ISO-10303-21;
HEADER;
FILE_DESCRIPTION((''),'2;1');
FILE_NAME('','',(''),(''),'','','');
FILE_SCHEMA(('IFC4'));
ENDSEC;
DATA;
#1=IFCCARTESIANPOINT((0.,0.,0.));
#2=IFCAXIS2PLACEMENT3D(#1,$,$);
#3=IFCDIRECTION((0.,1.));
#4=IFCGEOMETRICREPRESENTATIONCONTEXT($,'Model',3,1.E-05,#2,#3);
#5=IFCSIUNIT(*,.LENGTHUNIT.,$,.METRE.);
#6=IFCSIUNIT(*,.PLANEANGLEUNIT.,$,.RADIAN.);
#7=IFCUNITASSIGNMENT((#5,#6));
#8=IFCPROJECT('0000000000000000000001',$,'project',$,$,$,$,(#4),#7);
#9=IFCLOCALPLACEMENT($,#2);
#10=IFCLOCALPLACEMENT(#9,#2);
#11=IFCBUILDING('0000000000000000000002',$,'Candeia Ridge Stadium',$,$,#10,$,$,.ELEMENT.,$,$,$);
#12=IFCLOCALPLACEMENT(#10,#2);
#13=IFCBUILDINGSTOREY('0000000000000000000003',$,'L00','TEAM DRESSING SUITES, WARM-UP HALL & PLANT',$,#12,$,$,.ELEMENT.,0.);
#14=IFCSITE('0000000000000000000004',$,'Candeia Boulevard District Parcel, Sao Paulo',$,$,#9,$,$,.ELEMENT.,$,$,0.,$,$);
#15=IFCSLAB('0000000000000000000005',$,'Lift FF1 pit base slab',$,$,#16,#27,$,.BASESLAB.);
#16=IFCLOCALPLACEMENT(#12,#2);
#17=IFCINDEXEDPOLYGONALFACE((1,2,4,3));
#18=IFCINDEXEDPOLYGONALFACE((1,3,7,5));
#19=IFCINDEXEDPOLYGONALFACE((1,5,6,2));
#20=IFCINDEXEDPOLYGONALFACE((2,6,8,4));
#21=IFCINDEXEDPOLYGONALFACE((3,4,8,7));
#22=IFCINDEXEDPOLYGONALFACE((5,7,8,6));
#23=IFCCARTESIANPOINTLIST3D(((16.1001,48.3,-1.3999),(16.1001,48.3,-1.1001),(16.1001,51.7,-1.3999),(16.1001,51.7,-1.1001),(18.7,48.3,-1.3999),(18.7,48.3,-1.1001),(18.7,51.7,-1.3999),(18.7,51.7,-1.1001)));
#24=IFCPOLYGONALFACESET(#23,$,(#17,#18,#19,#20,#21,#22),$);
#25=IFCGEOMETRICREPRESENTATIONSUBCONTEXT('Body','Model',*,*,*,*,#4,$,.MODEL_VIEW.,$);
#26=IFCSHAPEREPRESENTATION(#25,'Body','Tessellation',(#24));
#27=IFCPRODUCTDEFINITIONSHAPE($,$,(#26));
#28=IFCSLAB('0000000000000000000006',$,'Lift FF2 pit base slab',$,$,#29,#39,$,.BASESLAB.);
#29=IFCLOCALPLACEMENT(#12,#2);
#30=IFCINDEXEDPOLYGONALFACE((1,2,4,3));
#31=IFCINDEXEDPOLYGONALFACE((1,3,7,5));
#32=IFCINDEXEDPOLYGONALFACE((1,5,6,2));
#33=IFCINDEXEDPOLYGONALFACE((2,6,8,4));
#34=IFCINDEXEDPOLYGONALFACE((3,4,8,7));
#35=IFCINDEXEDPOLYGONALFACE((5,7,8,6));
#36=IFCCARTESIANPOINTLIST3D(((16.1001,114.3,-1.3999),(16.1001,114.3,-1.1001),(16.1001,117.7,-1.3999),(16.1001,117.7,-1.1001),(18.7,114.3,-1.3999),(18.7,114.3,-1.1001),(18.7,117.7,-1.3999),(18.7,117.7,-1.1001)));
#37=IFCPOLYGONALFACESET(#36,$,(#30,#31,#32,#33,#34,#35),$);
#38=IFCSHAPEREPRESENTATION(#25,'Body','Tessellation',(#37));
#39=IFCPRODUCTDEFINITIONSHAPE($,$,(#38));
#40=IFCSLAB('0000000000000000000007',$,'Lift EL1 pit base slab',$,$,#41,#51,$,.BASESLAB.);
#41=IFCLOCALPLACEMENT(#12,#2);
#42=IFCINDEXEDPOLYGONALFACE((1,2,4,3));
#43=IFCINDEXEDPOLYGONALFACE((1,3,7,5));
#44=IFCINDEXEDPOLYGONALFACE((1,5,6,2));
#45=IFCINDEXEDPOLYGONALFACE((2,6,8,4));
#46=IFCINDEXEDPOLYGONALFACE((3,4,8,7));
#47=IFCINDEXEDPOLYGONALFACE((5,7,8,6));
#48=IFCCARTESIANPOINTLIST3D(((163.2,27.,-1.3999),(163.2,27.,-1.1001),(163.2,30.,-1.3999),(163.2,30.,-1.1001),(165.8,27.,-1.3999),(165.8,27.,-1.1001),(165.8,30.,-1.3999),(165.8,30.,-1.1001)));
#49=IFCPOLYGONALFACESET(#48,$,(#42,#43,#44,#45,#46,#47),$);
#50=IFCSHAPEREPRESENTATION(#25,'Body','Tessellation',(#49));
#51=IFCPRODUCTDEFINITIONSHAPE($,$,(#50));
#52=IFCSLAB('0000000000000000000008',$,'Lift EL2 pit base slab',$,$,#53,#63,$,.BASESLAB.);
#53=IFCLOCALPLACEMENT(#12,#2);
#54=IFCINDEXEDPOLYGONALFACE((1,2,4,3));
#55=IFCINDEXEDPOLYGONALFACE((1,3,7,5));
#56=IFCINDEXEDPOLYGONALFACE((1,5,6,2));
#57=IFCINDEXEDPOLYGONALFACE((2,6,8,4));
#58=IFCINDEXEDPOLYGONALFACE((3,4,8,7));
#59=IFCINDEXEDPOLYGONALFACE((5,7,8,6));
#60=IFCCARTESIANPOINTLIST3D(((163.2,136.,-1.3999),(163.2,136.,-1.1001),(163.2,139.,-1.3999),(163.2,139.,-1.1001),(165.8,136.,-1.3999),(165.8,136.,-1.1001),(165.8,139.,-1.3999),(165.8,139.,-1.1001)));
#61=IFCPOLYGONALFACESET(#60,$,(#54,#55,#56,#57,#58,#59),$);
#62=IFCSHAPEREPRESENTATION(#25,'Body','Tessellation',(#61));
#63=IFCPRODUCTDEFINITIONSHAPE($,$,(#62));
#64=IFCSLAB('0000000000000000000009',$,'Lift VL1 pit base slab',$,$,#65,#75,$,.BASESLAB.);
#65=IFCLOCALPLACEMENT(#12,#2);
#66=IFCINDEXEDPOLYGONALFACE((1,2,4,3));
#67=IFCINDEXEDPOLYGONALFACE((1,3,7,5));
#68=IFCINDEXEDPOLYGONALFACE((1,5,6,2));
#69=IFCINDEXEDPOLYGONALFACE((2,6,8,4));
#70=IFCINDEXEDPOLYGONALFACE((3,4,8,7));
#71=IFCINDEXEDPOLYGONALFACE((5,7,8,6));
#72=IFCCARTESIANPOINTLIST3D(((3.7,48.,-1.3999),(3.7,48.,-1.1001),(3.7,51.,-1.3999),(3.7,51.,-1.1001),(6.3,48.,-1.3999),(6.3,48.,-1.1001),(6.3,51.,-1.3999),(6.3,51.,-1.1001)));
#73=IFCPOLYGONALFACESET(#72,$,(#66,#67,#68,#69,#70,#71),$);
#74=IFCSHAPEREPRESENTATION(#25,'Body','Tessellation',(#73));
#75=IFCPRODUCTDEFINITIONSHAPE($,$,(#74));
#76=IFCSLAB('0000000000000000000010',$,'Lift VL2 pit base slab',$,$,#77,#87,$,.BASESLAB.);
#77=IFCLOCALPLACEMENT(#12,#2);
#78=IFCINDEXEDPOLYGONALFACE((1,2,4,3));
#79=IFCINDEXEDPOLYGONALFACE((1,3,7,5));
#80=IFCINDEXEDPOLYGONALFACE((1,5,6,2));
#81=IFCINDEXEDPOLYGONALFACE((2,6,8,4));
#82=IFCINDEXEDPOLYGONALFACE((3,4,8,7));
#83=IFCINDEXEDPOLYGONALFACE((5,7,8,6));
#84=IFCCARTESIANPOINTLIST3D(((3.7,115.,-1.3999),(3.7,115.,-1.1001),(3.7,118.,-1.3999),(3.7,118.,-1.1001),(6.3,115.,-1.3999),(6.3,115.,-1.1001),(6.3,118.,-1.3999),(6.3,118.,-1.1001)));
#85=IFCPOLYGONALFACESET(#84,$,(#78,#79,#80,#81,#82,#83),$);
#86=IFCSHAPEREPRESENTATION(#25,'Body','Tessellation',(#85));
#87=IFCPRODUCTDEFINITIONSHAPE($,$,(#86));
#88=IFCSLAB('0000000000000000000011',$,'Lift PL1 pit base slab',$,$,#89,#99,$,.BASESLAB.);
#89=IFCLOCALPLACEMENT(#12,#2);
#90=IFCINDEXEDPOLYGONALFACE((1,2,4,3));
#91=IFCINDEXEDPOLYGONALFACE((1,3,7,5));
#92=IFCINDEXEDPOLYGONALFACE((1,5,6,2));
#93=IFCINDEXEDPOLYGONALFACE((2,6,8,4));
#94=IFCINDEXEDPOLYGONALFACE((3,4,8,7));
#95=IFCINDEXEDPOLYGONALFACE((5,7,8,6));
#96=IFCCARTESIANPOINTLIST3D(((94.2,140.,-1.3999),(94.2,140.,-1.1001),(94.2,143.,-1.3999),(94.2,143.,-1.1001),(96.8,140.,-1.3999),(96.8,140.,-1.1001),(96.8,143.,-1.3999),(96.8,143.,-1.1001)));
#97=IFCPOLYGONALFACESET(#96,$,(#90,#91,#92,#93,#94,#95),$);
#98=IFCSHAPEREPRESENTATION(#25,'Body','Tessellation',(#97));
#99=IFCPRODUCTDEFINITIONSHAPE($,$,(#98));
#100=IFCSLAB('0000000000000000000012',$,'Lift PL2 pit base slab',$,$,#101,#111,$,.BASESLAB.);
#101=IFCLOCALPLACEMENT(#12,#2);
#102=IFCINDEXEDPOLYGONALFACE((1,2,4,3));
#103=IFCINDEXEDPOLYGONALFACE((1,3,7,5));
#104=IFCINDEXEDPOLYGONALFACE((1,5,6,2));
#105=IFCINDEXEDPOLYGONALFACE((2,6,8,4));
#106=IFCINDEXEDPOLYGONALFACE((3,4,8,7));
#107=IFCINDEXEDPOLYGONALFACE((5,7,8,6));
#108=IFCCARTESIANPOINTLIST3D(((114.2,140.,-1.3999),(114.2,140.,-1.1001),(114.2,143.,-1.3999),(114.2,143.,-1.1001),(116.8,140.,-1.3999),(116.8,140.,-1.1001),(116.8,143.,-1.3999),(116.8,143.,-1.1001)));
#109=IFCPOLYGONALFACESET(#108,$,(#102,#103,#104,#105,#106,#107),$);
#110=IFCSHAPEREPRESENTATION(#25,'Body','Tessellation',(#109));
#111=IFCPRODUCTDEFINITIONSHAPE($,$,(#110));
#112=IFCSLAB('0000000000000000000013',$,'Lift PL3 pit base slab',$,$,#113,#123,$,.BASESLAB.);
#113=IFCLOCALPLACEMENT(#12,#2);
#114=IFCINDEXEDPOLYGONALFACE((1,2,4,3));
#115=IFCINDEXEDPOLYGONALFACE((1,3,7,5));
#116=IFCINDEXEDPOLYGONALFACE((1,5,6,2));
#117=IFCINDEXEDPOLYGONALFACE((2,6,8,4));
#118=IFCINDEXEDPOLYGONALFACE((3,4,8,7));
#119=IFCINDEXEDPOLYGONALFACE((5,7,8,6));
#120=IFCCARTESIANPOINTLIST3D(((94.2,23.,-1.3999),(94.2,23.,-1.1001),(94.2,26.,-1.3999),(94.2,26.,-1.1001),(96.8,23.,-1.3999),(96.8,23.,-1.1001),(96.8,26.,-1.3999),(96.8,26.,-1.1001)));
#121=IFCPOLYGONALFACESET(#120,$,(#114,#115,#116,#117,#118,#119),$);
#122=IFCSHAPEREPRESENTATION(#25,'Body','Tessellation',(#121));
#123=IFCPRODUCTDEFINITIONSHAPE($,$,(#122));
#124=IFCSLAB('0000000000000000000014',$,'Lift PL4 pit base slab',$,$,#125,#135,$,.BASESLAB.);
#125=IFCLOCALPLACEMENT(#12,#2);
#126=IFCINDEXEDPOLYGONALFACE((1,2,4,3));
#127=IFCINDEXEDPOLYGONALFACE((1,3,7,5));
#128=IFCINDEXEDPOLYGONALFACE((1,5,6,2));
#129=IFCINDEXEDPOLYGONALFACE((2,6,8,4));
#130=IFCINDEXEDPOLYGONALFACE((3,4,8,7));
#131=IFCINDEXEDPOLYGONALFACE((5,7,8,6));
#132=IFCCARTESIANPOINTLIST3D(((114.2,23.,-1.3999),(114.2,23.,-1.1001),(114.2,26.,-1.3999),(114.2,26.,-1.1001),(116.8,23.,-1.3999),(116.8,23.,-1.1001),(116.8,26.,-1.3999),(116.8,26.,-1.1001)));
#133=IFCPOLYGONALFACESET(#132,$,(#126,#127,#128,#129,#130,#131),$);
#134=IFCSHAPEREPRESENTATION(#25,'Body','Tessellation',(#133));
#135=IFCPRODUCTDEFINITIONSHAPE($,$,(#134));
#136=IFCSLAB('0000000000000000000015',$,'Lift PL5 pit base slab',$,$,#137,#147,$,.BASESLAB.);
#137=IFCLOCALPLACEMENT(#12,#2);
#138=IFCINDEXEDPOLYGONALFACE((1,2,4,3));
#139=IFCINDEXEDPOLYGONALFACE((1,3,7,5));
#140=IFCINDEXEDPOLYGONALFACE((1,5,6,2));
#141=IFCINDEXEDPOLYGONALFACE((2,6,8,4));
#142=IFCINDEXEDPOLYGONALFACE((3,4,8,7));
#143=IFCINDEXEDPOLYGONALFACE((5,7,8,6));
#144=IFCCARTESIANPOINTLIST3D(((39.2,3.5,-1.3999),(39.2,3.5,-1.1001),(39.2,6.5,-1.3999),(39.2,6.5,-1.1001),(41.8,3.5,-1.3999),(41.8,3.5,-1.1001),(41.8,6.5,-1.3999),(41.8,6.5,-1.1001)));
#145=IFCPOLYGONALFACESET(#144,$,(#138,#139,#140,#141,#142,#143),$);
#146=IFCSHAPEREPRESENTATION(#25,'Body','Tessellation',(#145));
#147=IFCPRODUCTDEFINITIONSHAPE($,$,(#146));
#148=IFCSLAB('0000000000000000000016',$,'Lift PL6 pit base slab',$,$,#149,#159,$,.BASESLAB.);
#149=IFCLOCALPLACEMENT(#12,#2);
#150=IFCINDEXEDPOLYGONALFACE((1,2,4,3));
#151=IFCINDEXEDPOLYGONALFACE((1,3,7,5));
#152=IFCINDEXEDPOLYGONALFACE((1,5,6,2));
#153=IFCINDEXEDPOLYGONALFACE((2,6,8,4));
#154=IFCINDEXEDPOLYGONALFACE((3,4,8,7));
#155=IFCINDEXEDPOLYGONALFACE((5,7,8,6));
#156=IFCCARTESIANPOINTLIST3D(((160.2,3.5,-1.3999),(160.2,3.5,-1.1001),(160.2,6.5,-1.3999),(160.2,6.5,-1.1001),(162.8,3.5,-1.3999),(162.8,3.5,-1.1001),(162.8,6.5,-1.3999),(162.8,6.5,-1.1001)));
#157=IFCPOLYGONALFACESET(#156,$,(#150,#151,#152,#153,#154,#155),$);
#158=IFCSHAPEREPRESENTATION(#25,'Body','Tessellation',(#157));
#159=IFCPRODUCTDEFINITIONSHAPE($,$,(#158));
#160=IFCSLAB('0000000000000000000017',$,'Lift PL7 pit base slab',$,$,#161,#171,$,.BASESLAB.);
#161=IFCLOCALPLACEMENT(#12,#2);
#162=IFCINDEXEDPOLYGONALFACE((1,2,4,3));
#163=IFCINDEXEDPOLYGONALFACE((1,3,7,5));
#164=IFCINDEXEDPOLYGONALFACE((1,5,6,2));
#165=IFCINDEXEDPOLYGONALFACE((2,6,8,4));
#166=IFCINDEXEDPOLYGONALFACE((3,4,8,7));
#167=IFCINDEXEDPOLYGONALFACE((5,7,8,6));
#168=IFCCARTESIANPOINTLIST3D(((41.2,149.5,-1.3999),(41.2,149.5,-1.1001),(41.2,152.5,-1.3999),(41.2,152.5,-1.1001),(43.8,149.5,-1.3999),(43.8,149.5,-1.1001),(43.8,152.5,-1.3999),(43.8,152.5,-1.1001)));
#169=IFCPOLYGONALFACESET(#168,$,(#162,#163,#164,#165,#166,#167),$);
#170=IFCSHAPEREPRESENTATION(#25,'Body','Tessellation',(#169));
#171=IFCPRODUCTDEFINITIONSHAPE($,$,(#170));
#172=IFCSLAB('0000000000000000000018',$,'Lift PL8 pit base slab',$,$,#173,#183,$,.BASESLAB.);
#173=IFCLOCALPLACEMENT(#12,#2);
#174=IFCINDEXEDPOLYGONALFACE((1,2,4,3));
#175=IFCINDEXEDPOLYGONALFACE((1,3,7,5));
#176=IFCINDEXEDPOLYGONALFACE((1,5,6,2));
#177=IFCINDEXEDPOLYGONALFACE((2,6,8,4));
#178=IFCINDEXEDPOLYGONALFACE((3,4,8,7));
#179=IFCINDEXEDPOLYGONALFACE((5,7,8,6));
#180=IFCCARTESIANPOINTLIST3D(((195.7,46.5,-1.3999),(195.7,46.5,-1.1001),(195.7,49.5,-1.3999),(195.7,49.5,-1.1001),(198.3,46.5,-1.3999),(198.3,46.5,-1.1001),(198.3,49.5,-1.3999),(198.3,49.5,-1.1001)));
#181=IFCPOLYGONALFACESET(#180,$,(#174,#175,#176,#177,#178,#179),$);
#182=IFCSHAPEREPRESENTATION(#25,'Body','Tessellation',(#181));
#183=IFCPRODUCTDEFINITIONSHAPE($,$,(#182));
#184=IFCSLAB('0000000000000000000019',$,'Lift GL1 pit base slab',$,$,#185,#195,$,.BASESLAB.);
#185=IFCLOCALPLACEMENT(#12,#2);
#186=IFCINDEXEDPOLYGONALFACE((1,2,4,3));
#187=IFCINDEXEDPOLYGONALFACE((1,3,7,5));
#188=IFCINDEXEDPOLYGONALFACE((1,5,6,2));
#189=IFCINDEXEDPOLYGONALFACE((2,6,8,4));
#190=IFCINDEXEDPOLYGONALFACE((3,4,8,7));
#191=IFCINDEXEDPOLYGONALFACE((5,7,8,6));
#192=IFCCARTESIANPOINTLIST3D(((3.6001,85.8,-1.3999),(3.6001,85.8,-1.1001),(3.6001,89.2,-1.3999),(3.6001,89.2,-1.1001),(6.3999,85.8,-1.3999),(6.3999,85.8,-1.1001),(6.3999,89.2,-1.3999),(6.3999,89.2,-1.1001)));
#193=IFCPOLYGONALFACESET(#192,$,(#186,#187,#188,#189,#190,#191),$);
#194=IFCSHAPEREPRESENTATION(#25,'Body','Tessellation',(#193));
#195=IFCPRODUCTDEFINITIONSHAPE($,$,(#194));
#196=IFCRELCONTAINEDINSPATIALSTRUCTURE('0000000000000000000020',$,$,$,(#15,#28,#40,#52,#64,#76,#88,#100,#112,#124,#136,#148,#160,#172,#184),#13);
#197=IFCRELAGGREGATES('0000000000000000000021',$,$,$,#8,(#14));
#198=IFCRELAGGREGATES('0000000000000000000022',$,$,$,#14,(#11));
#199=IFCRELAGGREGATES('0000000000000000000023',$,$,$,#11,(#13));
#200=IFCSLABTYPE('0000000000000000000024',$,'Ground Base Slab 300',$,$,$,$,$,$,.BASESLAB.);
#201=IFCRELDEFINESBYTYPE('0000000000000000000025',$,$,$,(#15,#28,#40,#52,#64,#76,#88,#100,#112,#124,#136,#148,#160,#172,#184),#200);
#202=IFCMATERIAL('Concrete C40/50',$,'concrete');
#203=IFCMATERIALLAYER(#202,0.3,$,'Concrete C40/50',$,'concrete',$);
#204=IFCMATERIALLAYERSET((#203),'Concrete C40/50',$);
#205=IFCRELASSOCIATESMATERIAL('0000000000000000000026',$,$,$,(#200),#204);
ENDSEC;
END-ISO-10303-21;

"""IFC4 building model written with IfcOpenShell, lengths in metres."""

from ifc_helpers import new_model, si_unit, direction, frame, origin, place, context, subcontext, project, spatial, polyline, outline, extrude, material, layer, layer_set, type_object, element, save


model = new_model("IFC4")

# Units and contexts
model_context = context("Model", 3, precision=1e-05, world=origin(), true_north=direction((0.0, 1.0)))
body_context = subcontext(model_context, "Body", "Model", "MODEL_VIEW")
ifc_project = project(units=[si_unit("LENGTHUNIT", "METRE"), si_unit("PLANEANGLEUNIT", "RADIAN")], contexts=[model_context])

# Site, building, storey
site_placement = place(None, origin())
site = spatial("IfcSite", under=ifc_project, at=site_placement, Name="Candeia Boulevard District Parcel, Sao Paulo", CompositionType="ELEMENT", RefElevation=0.0)
building_placement = place(site_placement, origin())
building = spatial("IfcBuilding", under=site, at=building_placement, Name="Candeia Ridge Stadium", CompositionType="ELEMENT")
storey_placement = place(building_placement, origin())
storey = spatial("IfcBuildingStorey", under=building, at=storey_placement, Name="L00", Description="TEAM DRESSING SUITES, WARM-UP HALL & PLANT", CompositionType="ELEMENT", Elevation=0.0)

# Slabs
ifc_material = material(Name="Concrete C40/50", Category="concrete")
ifc_layer = layer(ifc_material, 0.3, Name="Concrete C40/50", Category="concrete")
ifc_layer_set = layer_set([ifc_layer], Name="Concrete C40/50")
slab_type = type_object("IfcSlabType", Name="Ground Base Slab 300", PredefinedType="BASESLAB", material=ifc_layer_set)
slab_1_placement = place(storey_placement, frame((0.0, 0.0, -1.3999)))
element("IfcSlab", 1, at=slab_1_placement, inside=storey, type_object=slab_type, Name="Lift FF1 pit base slab", PredefinedType="BASESLAB", context=body_context, shape_type="SweptSolid", body=[
    extrude(outline(polyline([(16.1001, 48.3), (18.7, 48.3), (18.7, 51.7), (16.1001, 51.7), (16.1001, 48.3)])), origin(), (0.0, 0.0, 1.0), 0.2998),
])
slab_2_placement = place(storey_placement, frame((0.0, 0.0, -1.3999)))
element("IfcSlab", 2, at=slab_2_placement, inside=storey, type_object=slab_type, Name="Lift FF2 pit base slab", PredefinedType="BASESLAB", context=body_context, shape_type="SweptSolid", body=[
    extrude(outline(polyline([(16.1001, 114.3), (18.7, 114.3), (18.7, 117.7), (16.1001, 117.7), (16.1001, 114.3)])), origin(), (0.0, 0.0, 1.0), 0.2998),
])
slab_3_placement = place(storey_placement, frame((0.0, 0.0, -1.3999)))
element("IfcSlab", 3, at=slab_3_placement, inside=storey, type_object=slab_type, Name="Lift EL1 pit base slab", PredefinedType="BASESLAB", context=body_context, shape_type="SweptSolid", body=[
    extrude(outline(polyline([(163.2, 27.0), (165.8, 27.0), (165.8, 30.0), (163.2, 30.0), (163.2, 27.0)])), origin(), (0.0, 0.0, 1.0), 0.2998),
])
slab_4_placement = place(storey_placement, frame((0.0, 0.0, -1.3999)))
element("IfcSlab", 4, at=slab_4_placement, inside=storey, type_object=slab_type, Name="Lift EL2 pit base slab", PredefinedType="BASESLAB", context=body_context, shape_type="SweptSolid", body=[
    extrude(outline(polyline([(163.2, 136.0), (165.8, 136.0), (165.8, 139.0), (163.2, 139.0), (163.2, 136.0)])), origin(), (0.0, 0.0, 1.0), 0.2998),
])
slab_5_placement = place(storey_placement, frame((0.0, 0.0, -1.3999)))
element("IfcSlab", 5, at=slab_5_placement, inside=storey, type_object=slab_type, Name="Lift VL1 pit base slab", PredefinedType="BASESLAB", context=body_context, shape_type="SweptSolid", body=[
    extrude(outline(polyline([(3.7, 48.0), (6.3, 48.0), (6.3, 51.0), (3.7, 51.0), (3.7, 48.0)])), origin(), (0.0, 0.0, 1.0), 0.2998),
])
slab_6_placement = place(storey_placement, frame((0.0, 0.0, -1.3999)))
element("IfcSlab", 6, at=slab_6_placement, inside=storey, type_object=slab_type, Name="Lift VL2 pit base slab", PredefinedType="BASESLAB", context=body_context, shape_type="SweptSolid", body=[
    extrude(outline(polyline([(3.7, 115.0), (6.3, 115.0), (6.3, 118.0), (3.7, 118.0), (3.7, 115.0)])), origin(), (0.0, 0.0, 1.0), 0.2998),
])
slab_7_placement = place(storey_placement, frame((0.0, 0.0, -1.3999)))
element("IfcSlab", 7, at=slab_7_placement, inside=storey, type_object=slab_type, Name="Lift PL1 pit base slab", PredefinedType="BASESLAB", context=body_context, shape_type="SweptSolid", body=[
    extrude(outline(polyline([(94.2, 140.0), (96.8, 140.0), (96.8, 143.0), (94.2, 143.0), (94.2, 140.0)])), origin(), (0.0, 0.0, 1.0), 0.2998),
])
slab_8_placement = place(storey_placement, frame((0.0, 0.0, -1.3999)))
element("IfcSlab", 8, at=slab_8_placement, inside=storey, type_object=slab_type, Name="Lift PL2 pit base slab", PredefinedType="BASESLAB", context=body_context, shape_type="SweptSolid", body=[
    extrude(outline(polyline([(114.2, 140.0), (116.8, 140.0), (116.8, 143.0), (114.2, 143.0), (114.2, 140.0)])), origin(), (0.0, 0.0, 1.0), 0.2998),
])
slab_9_placement = place(storey_placement, frame((0.0, 0.0, -1.3999)))
element("IfcSlab", 9, at=slab_9_placement, inside=storey, type_object=slab_type, Name="Lift PL3 pit base slab", PredefinedType="BASESLAB", context=body_context, shape_type="SweptSolid", body=[
    extrude(outline(polyline([(94.2, 23.0), (96.8, 23.0), (96.8, 26.0), (94.2, 26.0), (94.2, 23.0)])), origin(), (0.0, 0.0, 1.0), 0.2998),
])
slab_10_placement = place(storey_placement, frame((0.0, 0.0, -1.3999)))
element("IfcSlab", 10, at=slab_10_placement, inside=storey, type_object=slab_type, Name="Lift PL4 pit base slab", PredefinedType="BASESLAB", context=body_context, shape_type="SweptSolid", body=[
    extrude(outline(polyline([(114.2, 23.0), (116.8, 23.0), (116.8, 26.0), (114.2, 26.0), (114.2, 23.0)])), origin(), (0.0, 0.0, 1.0), 0.2998),
])
slab_11_placement = place(storey_placement, frame((0.0, 0.0, -1.3999)))
element("IfcSlab", 11, at=slab_11_placement, inside=storey, type_object=slab_type, Name="Lift PL5 pit base slab", PredefinedType="BASESLAB", context=body_context, shape_type="SweptSolid", body=[
    extrude(outline(polyline([(39.2, 3.5), (41.8, 3.5), (41.8, 6.5), (39.2, 6.5), (39.2, 3.5)])), origin(), (0.0, 0.0, 1.0), 0.2998),
])
slab_12_placement = place(storey_placement, frame((0.0, 0.0, -1.3999)))
element("IfcSlab", 12, at=slab_12_placement, inside=storey, type_object=slab_type, Name="Lift PL6 pit base slab", PredefinedType="BASESLAB", context=body_context, shape_type="SweptSolid", body=[
    extrude(outline(polyline([(160.2, 3.5), (162.8, 3.5), (162.8, 6.5), (160.2, 6.5), (160.2, 3.5)])), origin(), (0.0, 0.0, 1.0), 0.2998),
])
slab_13_placement = place(storey_placement, frame((0.0, 0.0, -1.3999)))
element("IfcSlab", 13, at=slab_13_placement, inside=storey, type_object=slab_type, Name="Lift PL7 pit base slab", PredefinedType="BASESLAB", context=body_context, shape_type="SweptSolid", body=[
    extrude(outline(polyline([(41.2, 149.5), (43.8, 149.5), (43.8, 152.5), (41.2, 152.5), (41.2, 149.5)])), origin(), (0.0, 0.0, 1.0), 0.2998),
])
slab_14_placement = place(storey_placement, frame((0.0, 0.0, -1.3999)))
element("IfcSlab", 14, at=slab_14_placement, inside=storey, type_object=slab_type, Name="Lift PL8 pit base slab", PredefinedType="BASESLAB", context=body_context, shape_type="SweptSolid", body=[
    extrude(outline(polyline([(195.7, 46.5), (198.3, 46.5), (198.3, 49.5), (195.7, 49.5), (195.7, 46.5)])), origin(), (0.0, 0.0, 1.0), 0.2998),
])
slab_15_placement = place(storey_placement, frame((0.0, 0.0, -1.3999)))
element("IfcSlab", 15, at=slab_15_placement, inside=storey, type_object=slab_type, Name="Lift GL1 pit base slab", PredefinedType="BASESLAB", context=body_context, shape_type="SweptSolid", body=[
    extrude(outline(polyline([(3.6001, 85.8), (6.3999, 85.8), (6.3999, 89.2), (3.6001, 89.2), (3.6001, 85.8)])), origin(), (0.0, 0.0, 1.0), 0.2998),
])

save(model, "model.ifc")
